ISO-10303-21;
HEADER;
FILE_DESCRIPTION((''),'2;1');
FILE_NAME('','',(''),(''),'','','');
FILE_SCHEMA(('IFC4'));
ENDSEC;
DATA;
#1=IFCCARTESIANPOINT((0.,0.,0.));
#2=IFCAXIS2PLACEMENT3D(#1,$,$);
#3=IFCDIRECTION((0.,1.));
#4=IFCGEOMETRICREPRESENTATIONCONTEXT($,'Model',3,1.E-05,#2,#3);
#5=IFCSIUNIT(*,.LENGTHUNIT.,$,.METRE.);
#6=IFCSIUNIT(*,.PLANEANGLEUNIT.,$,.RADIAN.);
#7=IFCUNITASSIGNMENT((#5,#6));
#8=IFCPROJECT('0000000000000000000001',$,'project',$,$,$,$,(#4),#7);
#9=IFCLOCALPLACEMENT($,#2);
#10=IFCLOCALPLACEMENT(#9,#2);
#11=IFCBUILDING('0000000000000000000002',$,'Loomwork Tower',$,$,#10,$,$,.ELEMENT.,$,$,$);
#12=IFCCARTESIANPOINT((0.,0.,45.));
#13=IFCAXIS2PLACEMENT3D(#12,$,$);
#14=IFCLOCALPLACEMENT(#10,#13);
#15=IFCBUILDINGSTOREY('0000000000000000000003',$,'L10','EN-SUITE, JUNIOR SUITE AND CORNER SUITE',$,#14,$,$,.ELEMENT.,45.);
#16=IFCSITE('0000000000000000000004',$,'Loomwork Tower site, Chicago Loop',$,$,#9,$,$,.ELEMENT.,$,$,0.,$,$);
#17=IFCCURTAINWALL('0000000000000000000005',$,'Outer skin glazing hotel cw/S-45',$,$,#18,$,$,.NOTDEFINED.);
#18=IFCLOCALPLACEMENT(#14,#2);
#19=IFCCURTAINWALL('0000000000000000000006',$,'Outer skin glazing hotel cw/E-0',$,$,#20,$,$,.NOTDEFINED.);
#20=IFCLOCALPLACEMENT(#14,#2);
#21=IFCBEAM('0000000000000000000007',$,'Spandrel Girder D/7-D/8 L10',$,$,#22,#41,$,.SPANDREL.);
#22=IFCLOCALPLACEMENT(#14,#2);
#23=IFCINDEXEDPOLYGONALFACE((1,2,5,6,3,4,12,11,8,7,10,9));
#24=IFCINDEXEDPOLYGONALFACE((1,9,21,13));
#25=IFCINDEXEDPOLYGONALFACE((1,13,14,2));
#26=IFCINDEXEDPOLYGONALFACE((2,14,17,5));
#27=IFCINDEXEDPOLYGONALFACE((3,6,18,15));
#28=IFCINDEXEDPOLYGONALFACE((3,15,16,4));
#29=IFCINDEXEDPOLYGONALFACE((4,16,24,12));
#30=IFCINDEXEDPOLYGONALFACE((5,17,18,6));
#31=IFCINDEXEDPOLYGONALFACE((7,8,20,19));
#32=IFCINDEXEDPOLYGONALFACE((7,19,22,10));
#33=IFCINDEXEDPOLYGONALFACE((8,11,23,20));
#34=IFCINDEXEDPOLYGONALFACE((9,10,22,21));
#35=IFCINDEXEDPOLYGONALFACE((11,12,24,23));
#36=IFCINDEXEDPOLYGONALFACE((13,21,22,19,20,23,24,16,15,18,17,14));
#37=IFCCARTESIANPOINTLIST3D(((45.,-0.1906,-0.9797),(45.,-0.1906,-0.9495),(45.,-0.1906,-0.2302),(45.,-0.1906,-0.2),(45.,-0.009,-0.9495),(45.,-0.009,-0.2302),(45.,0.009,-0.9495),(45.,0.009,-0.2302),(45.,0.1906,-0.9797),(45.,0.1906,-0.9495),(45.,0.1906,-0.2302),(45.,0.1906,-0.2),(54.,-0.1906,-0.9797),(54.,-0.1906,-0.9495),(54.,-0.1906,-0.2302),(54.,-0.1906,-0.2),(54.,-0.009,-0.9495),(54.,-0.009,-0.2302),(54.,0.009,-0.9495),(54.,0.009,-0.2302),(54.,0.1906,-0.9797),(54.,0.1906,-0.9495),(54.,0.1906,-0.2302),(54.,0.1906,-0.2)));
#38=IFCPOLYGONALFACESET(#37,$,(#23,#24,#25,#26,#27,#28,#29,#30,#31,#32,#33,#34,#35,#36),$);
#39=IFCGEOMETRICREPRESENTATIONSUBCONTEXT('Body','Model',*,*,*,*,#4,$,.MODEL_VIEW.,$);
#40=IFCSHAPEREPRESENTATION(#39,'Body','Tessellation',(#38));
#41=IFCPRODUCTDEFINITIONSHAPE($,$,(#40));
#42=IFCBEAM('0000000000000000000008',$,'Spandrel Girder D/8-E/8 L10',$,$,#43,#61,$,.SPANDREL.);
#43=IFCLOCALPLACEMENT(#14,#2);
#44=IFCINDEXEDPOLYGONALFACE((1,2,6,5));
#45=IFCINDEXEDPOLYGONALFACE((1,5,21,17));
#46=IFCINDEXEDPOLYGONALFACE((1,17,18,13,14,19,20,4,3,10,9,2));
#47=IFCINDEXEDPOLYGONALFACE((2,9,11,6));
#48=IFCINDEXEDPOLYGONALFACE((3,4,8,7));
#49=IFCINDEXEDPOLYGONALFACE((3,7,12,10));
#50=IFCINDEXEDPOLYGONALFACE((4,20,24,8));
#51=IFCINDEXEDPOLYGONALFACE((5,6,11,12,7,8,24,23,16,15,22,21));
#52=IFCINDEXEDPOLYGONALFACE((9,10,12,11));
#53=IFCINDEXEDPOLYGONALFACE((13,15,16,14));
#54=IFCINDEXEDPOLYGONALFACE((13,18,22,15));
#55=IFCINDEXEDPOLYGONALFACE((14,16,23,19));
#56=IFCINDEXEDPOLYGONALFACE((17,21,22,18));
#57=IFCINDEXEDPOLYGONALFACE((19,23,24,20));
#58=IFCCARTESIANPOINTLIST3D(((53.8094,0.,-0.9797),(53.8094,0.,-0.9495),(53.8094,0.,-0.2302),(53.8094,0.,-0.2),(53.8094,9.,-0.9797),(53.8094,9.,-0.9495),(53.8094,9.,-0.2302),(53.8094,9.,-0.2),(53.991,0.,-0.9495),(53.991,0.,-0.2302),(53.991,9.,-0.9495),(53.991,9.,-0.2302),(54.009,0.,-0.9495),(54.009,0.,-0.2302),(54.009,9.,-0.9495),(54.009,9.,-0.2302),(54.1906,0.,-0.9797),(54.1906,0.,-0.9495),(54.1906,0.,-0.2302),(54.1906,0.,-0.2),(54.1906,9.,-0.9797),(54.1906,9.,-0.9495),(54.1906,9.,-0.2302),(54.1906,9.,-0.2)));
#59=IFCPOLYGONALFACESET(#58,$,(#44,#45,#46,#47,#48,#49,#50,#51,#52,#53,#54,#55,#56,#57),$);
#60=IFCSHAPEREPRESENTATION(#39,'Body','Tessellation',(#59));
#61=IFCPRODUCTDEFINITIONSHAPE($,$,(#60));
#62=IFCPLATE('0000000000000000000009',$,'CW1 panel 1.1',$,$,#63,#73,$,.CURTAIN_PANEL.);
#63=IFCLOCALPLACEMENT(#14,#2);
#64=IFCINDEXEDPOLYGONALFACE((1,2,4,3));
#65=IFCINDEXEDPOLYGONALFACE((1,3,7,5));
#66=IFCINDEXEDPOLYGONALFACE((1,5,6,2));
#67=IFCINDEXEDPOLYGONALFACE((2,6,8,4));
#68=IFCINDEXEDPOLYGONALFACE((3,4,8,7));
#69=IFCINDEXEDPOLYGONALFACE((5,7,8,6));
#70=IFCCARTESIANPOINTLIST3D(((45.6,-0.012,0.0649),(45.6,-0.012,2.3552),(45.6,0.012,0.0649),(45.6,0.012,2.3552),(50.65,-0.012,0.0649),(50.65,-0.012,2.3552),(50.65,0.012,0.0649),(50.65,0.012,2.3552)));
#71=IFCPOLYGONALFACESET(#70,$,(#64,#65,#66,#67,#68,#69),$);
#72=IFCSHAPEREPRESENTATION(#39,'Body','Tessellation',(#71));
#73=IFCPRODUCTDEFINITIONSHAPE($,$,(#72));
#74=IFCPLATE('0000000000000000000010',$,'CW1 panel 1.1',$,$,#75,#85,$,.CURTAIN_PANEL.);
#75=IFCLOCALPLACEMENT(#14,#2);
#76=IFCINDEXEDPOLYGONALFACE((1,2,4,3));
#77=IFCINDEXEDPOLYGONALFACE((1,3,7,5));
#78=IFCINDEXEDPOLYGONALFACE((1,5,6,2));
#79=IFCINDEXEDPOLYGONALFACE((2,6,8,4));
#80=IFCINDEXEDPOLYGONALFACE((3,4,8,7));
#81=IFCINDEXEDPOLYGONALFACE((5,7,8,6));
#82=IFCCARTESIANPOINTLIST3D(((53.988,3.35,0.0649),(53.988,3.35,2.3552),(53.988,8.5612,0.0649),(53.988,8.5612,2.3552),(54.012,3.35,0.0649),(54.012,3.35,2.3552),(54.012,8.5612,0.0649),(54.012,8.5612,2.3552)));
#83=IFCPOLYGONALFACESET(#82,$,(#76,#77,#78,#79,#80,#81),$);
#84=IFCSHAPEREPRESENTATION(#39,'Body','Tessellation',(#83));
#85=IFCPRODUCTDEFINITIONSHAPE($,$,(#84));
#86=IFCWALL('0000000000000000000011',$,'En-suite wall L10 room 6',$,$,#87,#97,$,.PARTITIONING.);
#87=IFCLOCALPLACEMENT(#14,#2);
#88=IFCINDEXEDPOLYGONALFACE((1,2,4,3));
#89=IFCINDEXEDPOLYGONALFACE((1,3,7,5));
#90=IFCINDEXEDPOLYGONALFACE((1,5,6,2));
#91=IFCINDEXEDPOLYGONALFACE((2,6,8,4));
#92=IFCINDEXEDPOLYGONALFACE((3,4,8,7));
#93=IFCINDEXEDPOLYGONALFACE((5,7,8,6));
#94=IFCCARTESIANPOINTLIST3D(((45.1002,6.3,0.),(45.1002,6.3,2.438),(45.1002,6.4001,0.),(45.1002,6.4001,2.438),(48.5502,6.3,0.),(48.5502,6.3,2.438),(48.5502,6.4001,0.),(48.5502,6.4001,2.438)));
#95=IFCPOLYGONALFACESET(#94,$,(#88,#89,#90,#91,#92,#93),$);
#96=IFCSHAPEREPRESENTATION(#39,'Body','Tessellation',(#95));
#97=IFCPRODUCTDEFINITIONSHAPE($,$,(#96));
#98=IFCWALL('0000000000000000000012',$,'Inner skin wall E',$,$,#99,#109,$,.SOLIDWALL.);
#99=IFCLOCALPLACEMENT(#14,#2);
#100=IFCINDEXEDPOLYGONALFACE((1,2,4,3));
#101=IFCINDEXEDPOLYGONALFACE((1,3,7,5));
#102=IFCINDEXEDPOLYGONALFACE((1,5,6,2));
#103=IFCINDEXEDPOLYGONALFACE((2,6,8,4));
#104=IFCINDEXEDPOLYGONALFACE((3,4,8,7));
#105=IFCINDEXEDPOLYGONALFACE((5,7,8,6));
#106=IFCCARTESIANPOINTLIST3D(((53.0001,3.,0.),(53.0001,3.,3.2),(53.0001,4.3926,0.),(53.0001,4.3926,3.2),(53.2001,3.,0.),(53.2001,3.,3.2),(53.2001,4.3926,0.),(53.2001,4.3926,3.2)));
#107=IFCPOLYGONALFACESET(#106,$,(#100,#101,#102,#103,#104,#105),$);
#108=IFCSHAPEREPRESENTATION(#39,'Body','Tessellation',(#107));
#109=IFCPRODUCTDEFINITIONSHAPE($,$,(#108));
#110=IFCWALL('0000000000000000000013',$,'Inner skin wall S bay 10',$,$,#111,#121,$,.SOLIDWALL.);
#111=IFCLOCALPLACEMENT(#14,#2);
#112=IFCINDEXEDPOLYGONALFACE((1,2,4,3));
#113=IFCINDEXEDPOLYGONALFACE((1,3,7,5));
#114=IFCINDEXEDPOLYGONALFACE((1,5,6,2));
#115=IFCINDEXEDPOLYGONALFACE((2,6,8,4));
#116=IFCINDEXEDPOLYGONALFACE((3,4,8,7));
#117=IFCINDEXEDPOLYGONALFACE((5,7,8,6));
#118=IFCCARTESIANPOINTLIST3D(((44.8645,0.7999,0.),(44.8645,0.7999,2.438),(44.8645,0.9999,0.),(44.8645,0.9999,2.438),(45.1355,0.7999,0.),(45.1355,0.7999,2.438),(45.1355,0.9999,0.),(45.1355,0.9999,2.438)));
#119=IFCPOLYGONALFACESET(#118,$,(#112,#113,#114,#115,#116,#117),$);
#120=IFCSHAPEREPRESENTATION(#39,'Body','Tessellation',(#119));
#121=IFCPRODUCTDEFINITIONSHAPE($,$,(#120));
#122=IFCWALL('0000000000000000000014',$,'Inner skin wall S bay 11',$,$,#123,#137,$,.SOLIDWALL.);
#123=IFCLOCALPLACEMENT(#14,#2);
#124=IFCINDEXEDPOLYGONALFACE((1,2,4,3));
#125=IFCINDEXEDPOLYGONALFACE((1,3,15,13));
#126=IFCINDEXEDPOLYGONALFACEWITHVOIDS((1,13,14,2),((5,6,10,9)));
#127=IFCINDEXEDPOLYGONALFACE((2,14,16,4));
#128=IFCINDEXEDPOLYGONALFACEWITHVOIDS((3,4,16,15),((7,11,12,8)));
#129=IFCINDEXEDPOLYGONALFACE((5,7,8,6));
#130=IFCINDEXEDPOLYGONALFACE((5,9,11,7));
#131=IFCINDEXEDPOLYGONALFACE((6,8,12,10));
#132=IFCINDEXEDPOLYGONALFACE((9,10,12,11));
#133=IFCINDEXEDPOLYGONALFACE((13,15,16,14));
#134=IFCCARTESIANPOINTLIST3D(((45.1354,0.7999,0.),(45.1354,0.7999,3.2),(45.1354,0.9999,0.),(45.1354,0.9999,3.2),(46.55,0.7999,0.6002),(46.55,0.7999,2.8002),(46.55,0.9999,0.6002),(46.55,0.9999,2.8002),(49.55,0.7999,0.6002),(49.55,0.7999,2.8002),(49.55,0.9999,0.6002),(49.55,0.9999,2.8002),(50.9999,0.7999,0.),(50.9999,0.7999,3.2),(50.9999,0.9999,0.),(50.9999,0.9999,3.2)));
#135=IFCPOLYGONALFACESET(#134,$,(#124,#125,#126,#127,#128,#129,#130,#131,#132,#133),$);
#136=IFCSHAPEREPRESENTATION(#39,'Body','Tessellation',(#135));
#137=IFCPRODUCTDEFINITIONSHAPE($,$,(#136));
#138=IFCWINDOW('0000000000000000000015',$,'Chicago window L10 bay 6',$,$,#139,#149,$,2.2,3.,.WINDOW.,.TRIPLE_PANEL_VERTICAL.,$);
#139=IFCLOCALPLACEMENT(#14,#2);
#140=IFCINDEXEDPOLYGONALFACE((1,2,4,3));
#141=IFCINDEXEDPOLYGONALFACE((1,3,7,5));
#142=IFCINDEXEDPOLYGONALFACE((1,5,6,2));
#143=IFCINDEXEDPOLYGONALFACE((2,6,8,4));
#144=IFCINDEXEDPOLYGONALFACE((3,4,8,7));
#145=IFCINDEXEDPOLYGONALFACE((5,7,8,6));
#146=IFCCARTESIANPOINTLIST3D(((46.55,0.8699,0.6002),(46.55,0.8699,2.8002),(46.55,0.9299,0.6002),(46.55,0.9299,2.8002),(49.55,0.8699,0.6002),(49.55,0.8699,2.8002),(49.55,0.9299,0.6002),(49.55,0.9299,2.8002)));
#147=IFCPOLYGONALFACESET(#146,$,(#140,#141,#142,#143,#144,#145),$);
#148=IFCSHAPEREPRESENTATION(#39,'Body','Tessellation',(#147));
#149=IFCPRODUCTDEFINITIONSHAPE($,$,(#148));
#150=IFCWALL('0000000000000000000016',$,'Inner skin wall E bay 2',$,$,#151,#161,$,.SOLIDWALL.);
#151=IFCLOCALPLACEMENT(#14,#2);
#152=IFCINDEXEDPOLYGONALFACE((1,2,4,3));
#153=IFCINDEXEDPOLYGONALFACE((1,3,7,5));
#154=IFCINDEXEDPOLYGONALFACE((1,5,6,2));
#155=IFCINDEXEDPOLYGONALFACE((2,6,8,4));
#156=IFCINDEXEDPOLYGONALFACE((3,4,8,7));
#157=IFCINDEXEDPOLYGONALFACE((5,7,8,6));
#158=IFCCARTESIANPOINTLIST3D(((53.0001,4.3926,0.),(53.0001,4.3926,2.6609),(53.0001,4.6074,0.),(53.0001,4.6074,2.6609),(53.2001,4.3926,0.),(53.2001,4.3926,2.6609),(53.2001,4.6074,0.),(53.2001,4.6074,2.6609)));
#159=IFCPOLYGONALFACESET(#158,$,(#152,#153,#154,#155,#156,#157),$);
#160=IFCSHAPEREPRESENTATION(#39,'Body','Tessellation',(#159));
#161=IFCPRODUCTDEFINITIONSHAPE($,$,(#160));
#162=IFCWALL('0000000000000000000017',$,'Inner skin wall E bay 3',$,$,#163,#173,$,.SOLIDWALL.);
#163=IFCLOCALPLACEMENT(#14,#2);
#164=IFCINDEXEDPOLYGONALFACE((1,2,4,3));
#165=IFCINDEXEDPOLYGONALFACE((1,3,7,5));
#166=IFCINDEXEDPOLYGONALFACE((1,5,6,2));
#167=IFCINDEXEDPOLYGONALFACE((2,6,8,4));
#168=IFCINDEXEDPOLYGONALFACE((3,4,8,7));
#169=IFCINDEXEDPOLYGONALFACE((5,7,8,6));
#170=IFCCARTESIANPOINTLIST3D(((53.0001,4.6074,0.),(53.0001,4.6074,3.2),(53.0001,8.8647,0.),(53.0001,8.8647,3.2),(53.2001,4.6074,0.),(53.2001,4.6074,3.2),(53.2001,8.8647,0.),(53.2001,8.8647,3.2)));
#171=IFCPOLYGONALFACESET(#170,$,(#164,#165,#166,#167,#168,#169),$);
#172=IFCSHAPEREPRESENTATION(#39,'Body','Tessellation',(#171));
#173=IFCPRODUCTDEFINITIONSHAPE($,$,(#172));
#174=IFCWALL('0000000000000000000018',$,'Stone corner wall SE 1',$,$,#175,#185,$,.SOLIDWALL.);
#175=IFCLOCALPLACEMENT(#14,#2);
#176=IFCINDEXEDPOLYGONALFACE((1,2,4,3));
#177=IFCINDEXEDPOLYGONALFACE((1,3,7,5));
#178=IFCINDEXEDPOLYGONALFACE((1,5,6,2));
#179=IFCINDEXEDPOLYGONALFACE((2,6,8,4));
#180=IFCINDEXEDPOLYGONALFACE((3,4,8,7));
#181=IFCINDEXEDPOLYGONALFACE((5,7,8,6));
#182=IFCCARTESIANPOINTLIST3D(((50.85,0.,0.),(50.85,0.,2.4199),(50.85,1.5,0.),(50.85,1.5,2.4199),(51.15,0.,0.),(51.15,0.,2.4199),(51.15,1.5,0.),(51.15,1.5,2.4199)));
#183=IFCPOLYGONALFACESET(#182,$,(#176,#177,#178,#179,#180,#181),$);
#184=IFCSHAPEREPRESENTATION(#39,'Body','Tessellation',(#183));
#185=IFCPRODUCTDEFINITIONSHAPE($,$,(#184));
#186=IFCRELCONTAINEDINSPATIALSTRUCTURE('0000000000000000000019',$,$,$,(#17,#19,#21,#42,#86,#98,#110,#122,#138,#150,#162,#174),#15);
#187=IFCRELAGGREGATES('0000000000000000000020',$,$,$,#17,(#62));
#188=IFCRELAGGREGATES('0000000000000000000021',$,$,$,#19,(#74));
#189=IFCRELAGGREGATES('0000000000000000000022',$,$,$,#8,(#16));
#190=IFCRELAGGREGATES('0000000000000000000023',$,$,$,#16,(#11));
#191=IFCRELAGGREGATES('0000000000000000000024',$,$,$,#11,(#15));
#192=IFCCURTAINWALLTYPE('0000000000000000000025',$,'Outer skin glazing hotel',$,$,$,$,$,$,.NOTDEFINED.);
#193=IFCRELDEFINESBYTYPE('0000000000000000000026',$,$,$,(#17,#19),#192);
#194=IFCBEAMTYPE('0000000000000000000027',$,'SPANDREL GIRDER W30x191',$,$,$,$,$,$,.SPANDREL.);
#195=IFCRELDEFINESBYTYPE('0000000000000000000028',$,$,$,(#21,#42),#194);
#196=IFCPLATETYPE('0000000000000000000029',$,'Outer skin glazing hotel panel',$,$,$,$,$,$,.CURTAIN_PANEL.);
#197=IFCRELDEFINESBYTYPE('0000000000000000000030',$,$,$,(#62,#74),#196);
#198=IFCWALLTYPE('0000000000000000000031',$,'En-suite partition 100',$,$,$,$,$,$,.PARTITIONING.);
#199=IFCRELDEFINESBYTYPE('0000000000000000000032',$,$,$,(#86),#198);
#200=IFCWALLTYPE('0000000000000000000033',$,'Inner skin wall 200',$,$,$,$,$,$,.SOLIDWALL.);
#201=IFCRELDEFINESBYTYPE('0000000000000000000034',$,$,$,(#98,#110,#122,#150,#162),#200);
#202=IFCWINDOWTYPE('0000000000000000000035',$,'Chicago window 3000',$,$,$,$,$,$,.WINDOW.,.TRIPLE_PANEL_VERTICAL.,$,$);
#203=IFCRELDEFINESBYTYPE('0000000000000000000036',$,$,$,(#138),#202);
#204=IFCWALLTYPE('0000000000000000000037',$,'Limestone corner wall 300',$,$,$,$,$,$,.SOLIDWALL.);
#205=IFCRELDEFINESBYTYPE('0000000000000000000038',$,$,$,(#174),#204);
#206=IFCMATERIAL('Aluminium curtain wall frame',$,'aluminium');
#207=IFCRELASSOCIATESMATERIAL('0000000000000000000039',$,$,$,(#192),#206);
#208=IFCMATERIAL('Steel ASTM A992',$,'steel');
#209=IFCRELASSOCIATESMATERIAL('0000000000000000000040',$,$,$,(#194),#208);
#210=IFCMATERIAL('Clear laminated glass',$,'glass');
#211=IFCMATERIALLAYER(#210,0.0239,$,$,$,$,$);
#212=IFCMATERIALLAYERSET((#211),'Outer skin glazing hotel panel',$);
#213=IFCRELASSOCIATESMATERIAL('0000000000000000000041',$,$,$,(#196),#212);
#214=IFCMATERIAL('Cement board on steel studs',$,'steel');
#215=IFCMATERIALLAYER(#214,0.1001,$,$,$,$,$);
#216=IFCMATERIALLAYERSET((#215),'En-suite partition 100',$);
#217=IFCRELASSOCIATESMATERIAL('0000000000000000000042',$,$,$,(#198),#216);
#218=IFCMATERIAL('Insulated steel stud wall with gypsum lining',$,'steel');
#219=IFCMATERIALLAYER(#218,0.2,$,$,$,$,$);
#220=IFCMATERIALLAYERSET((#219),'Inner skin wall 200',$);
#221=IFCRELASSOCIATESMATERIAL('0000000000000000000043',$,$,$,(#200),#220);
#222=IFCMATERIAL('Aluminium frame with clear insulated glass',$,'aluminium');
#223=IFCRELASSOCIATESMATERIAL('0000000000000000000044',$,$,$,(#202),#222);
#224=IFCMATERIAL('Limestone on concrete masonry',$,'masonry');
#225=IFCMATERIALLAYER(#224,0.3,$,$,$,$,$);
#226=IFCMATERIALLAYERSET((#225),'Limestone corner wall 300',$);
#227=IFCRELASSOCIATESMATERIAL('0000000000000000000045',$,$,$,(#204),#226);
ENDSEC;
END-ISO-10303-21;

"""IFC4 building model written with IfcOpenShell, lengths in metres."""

from ifc_helpers import new_model, si_unit, direction, frame, frame_2d, origin, origin_2d, place, context, subcontext, project, spatial, rectangle, i_section, extrude, material, layer, layer_set, material_profile, profile_set, type_object, element, fill, aggregate, save


model = new_model("IFC4")

# Units and contexts
model_context = context("Model", 3, precision=1e-05, world=origin(), true_north=direction((0.0, 1.0)))
body_context = subcontext(model_context, "Body", "Model", "MODEL_VIEW")
ifc_project = project(units=[si_unit("LENGTHUNIT", "METRE"), si_unit("PLANEANGLEUNIT", "RADIAN")], contexts=[model_context])

# Site, building, storey
site_placement = place(None, origin())
site = spatial("IfcSite", under=ifc_project, at=site_placement, Name="Loomwork Tower site, Chicago Loop", CompositionType="ELEMENT", RefElevation=0.0)
building_placement = place(site_placement, origin())
building = spatial("IfcBuilding", under=site, at=building_placement, Name="Loomwork Tower", CompositionType="ELEMENT")
storey_placement = place(building_placement, frame((0.0, 0.0, 45.0)))
storey = spatial("IfcBuildingStorey", under=building, at=storey_placement, Name="L10", Description="EN-SUITE, JUNIOR SUITE AND CORNER SUITE", CompositionType="ELEMENT", Elevation=45.0)

# Curtain wall
ifc_material_1 = material(Name="Aluminium curtain wall frame", Category="aluminium")
curtain_wall_type = type_object("IfcCurtainWallType", Name="Outer skin glazing hotel", PredefinedType="NOTDEFINED", material=ifc_material_1)
curtain_wall_1_placement = place(storey_placement, origin())
curtain_wall_1 = element("IfcCurtainWall", 1, at=curtain_wall_1_placement, inside=storey, type_object=curtain_wall_type, Name="Outer skin glazing hotel cw/S-45", PredefinedType="NOTDEFINED")

# Curtain wall
curtain_wall_2_placement = place(storey_placement, origin())
curtain_wall_2 = element("IfcCurtainWall", 2, at=curtain_wall_2_placement, inside=storey, type_object=curtain_wall_type, Name="Outer skin glazing hotel cw/E-0", PredefinedType="NOTDEFINED")

# Beams
ifc_material_2 = material(Name="Steel ASTM A992", Category="steel")
ifc_material_profile_1 = material_profile(ifc_material_2, i_section(OverallWidth=0.3811, OverallDepth=0.7798, WebThickness=0.0181, FlangeThickness=0.0303, at=origin_2d()), Name="W30x191")
ifc_profile_set_1 = profile_set([ifc_material_profile_1], Name="Steel ASTM A992")
beam_type_1 = type_object("IfcBeamType", Name="SPANDREL GIRDER W30x191", PredefinedType="SPANDREL", material=ifc_profile_set_1)
for number, where, z_axis, x_axis, name in (
    (3, (45.0, 0.0, -0.5898), (1.0, 0.0, 0.0), (0.0, 1.0, 0.0), "Spandrel Girder D/7-D/8 L10"),
    (4, (54.0, 0.0, -0.5898), (0.0, 1.0, 0.0), (-1.0, 0.0, 0.0), "Spandrel Girder D/8-E/8 L10"),
):
    element("IfcBeam", number, at=place(storey_placement, frame(where, z_axis=z_axis, x_axis=x_axis)), inside=storey, type_object=beam_type_1, Name=name, PredefinedType="SPANDREL", context=body_context, shape_type="SweptSolid", body=[
        extrude(i_section(OverallWidth=0.3811, OverallDepth=0.7798, WebThickness=0.0181, FlangeThickness=0.0303, at=origin_2d()), origin(), (0.0, 0.0, 1.0), 9.0),
    ])

# Plates
ifc_material_3 = material(Name="Clear laminated glass", Category="glass")
ifc_layer_1 = layer(ifc_material_3, 0.0239)
ifc_layer_set_1 = layer_set([ifc_layer_1], Name="Outer skin glazing hotel panel")
plate_type = type_object("IfcPlateType", Name="Outer skin glazing hotel panel", PredefinedType="CURTAIN_PANEL", material=ifc_layer_set_1)
plate_1_placement = place(storey_placement, frame((48.125, 0.0, 0.0649), z_axis=(0.0, 0.0, 1.0), x_axis=(1.0, 0.0, 0.0)))
plate_1 = element("IfcPlate", 5, at=plate_1_placement, type_object=plate_type, Name="CW1 panel 1.1", PredefinedType="CURTAIN_PANEL", context=body_context, shape_type="SweptSolid", body=[
    extrude(rectangle(XDim=5.05, YDim=0.0239, at=origin_2d()), origin(), (0.0, 0.0, 1.0), 2.2903),
])
aggregate(curtain_wall_1, [plate_1])
plate_2_placement = place(storey_placement, frame((54.0, 5.9556, 0.0649), z_axis=(0.0, 0.0, 1.0), x_axis=(0.0, 1.0, 0.0)))
plate_2 = element("IfcPlate", 6, at=plate_2_placement, type_object=plate_type, Name="CW1 panel 1.1", PredefinedType="CURTAIN_PANEL", context=body_context, shape_type="SweptSolid", body=[
    extrude(rectangle(XDim=5.2112, YDim=0.0239, at=origin_2d()), origin(), (0.0, 0.0, 1.0), 2.2903),
])
aggregate(curtain_wall_2, [plate_2])

# Walls
ifc_material_4 = material(Name="Cement board on steel studs", Category="steel")
ifc_layer_2 = layer(ifc_material_4, 0.1001)
ifc_layer_set_2 = layer_set([ifc_layer_2], Name="En-suite partition 100")
wall_type_1 = type_object("IfcWallType", Name="En-suite partition 100", PredefinedType="PARTITIONING", material=ifc_layer_set_2)
wall_1_placement = place(storey_placement, frame((45.1001, 6.3501, 0.0), z_axis=(0.0, 0.0, 1.0), x_axis=(1.0, 0.0, 0.0)))
element("IfcWall", 7, at=wall_1_placement, inside=storey, type_object=wall_type_1, Name="En-suite wall L10 room 6", PredefinedType="PARTITIONING", context=body_context, shape_type="SweptSolid", body=[
    extrude(rectangle(XDim=3.45, YDim=0.1001, at=frame_2d((1.7251, 0.0))), origin(), (0.0, 0.0, 1.0), 2.438),
])
ifc_material_5 = material(Name="Insulated steel stud wall with gypsum lining", Category="steel")
ifc_layer_3 = layer(ifc_material_5, 0.2)
ifc_layer_set_3 = layer_set([ifc_layer_3], Name="Inner skin wall 200")
wall_type_2 = type_object("IfcWallType", Name="Inner skin wall 200", PredefinedType="SOLIDWALL", material=ifc_layer_set_3)
wall_2_placement = place(storey_placement, frame((53.1001, 3.0, 0.0), z_axis=(0.0, 0.0, 1.0), x_axis=(0.0, 1.0, 0.0)))
element("IfcWall", 8, at=wall_2_placement, inside=storey, type_object=wall_type_2, Name="Inner skin wall E", PredefinedType="SOLIDWALL", context=body_context, shape_type="SweptSolid", body=[
    extrude(rectangle(XDim=1.3926, YDim=0.2, at=frame_2d((0.6963, 0.0))), origin(), (0.0, 0.0, 1.0), 3.2),
])
wall_3_placement = place(storey_placement, frame((44.8645, 0.8999, 0.0), z_axis=(0.0, 0.0, 1.0), x_axis=(1.0, 0.0, 0.0)))
element("IfcWall", 9, at=wall_3_placement, inside=storey, type_object=wall_type_2, Name="Inner skin wall S bay 10", PredefinedType="SOLIDWALL", context=body_context, shape_type="SweptSolid", body=[
    extrude(rectangle(XDim=0.271, YDim=0.2, at=frame_2d((0.1355, 0.0))), origin(), (0.0, 0.0, 1.0), 2.438),
])

# Wall, opening, window
wall_4_placement = place(storey_placement, frame((45.1355, 0.8999, 0.0), z_axis=(0.0, 0.0, 1.0), x_axis=(1.0, 0.0, 0.0)))
wall_4 = element("IfcWall", 10, at=wall_4_placement, inside=storey, type_object=wall_type_2, Name="Inner skin wall S bay 11", PredefinedType="SOLIDWALL", context=body_context, shape_type="SweptSolid", body=[
    extrude(rectangle(XDim=5.8645, YDim=0.2, at=frame_2d((2.9321, 0.0))), origin(), (0.0, 0.0, 1.0), 3.2),
])
opening_1_placement = place(wall_4_placement, frame((1.4146, 0.0, 0.6001)))
opening_1 = element("IfcOpeningElement", 11, at=opening_1_placement, cuts=wall_4, PredefinedType="OPENING", context=body_context, shape_type="SweptSolid", body=[
    extrude(rectangle(XDim=3.0, YDim=2.2, at=frame_2d((1.5, 1.1001))), frame((0.0, 0.1099, 0.0), z_axis=(0.0, -1.0, 0.0), x_axis=(1.0, 0.0, 0.0)), (0.0, 0.0, 1.0), 0.22),
])
ifc_material_6 = material(Name="Aluminium frame with clear insulated glass", Category="aluminium")
window_type_1 = type_object("IfcWindowType", Name="Chicago window 3000", PartitioningType="TRIPLE_PANEL_VERTICAL", PredefinedType="WINDOW", material=ifc_material_6)
window_1_placement = place(opening_1_placement, origin())
window_1 = element("IfcWindow", 12, at=window_1_placement, inside=storey, type_object=window_type_1, Name="Chicago window L10 bay 6", OverallHeight=2.2, OverallWidth=3.0, PartitioningType="TRIPLE_PANEL_VERTICAL", PredefinedType="WINDOW", context=body_context, shape_type="SweptSolid", body=[
    extrude(rectangle(XDim=3.0, YDim=2.2, at=frame_2d((1.5, 1.1001))), frame((0.0, 0.03, 0.0), z_axis=(0.0, -1.0, 0.0), x_axis=(1.0, 0.0, 0.0)), (0.0, 0.0, 1.0), 0.0601),
])
fill(opening_1, window_1)

# Walls
wall_5_placement = place(storey_placement, frame((53.1001, 4.3926, 0.0), z_axis=(0.0, 0.0, 1.0), x_axis=(0.0, 1.0, 0.0)))
element("IfcWall", 13, at=wall_5_placement, inside=storey, type_object=wall_type_2, Name="Inner skin wall E bay 2", PredefinedType="SOLIDWALL", context=body_context, shape_type="SweptSolid", body=[
    extrude(rectangle(XDim=0.2148, YDim=0.2, at=frame_2d((0.1074, 0.0))), origin(), (0.0, 0.0, 1.0), 2.6609),
])
wall_6_placement = place(storey_placement, frame((53.1001, 4.6074, 0.0), z_axis=(0.0, 0.0, 1.0), x_axis=(0.0, 1.0, 0.0)))
element("IfcWall", 14, at=wall_6_placement, inside=storey, type_object=wall_type_2, Name="Inner skin wall E bay 3", PredefinedType="SOLIDWALL", context=body_context, shape_type="SweptSolid", body=[
    extrude(rectangle(XDim=4.2573, YDim=0.2, at=frame_2d((2.1287, 0.0))), origin(), (0.0, 0.0, 1.0), 3.2),
])
ifc_material_7 = material(Name="Limestone on concrete masonry", Category="masonry")
ifc_layer_4 = layer(ifc_material_7, 0.3)
ifc_layer_set_4 = layer_set([ifc_layer_4], Name="Limestone corner wall 300")
wall_type_3 = type_object("IfcWallType", Name="Limestone corner wall 300", PredefinedType="SOLIDWALL", material=ifc_layer_set_4)
wall_7_placement = place(storey_placement, frame((51.0, 0.0, 0.0), z_axis=(0.0, 0.0, 1.0), x_axis=(0.0, 1.0, 0.0)))
element("IfcWall", 15, at=wall_7_placement, inside=storey, type_object=wall_type_3, Name="Stone corner wall SE 1", PredefinedType="SOLIDWALL", context=body_context, shape_type="SweptSolid", body=[
    extrude(rectangle(XDim=1.5, YDim=0.3, at=frame_2d((0.75, 0.0))), origin(), (0.0, 0.0, 1.0), 2.4199),
])

save(model, "model.ifc")
